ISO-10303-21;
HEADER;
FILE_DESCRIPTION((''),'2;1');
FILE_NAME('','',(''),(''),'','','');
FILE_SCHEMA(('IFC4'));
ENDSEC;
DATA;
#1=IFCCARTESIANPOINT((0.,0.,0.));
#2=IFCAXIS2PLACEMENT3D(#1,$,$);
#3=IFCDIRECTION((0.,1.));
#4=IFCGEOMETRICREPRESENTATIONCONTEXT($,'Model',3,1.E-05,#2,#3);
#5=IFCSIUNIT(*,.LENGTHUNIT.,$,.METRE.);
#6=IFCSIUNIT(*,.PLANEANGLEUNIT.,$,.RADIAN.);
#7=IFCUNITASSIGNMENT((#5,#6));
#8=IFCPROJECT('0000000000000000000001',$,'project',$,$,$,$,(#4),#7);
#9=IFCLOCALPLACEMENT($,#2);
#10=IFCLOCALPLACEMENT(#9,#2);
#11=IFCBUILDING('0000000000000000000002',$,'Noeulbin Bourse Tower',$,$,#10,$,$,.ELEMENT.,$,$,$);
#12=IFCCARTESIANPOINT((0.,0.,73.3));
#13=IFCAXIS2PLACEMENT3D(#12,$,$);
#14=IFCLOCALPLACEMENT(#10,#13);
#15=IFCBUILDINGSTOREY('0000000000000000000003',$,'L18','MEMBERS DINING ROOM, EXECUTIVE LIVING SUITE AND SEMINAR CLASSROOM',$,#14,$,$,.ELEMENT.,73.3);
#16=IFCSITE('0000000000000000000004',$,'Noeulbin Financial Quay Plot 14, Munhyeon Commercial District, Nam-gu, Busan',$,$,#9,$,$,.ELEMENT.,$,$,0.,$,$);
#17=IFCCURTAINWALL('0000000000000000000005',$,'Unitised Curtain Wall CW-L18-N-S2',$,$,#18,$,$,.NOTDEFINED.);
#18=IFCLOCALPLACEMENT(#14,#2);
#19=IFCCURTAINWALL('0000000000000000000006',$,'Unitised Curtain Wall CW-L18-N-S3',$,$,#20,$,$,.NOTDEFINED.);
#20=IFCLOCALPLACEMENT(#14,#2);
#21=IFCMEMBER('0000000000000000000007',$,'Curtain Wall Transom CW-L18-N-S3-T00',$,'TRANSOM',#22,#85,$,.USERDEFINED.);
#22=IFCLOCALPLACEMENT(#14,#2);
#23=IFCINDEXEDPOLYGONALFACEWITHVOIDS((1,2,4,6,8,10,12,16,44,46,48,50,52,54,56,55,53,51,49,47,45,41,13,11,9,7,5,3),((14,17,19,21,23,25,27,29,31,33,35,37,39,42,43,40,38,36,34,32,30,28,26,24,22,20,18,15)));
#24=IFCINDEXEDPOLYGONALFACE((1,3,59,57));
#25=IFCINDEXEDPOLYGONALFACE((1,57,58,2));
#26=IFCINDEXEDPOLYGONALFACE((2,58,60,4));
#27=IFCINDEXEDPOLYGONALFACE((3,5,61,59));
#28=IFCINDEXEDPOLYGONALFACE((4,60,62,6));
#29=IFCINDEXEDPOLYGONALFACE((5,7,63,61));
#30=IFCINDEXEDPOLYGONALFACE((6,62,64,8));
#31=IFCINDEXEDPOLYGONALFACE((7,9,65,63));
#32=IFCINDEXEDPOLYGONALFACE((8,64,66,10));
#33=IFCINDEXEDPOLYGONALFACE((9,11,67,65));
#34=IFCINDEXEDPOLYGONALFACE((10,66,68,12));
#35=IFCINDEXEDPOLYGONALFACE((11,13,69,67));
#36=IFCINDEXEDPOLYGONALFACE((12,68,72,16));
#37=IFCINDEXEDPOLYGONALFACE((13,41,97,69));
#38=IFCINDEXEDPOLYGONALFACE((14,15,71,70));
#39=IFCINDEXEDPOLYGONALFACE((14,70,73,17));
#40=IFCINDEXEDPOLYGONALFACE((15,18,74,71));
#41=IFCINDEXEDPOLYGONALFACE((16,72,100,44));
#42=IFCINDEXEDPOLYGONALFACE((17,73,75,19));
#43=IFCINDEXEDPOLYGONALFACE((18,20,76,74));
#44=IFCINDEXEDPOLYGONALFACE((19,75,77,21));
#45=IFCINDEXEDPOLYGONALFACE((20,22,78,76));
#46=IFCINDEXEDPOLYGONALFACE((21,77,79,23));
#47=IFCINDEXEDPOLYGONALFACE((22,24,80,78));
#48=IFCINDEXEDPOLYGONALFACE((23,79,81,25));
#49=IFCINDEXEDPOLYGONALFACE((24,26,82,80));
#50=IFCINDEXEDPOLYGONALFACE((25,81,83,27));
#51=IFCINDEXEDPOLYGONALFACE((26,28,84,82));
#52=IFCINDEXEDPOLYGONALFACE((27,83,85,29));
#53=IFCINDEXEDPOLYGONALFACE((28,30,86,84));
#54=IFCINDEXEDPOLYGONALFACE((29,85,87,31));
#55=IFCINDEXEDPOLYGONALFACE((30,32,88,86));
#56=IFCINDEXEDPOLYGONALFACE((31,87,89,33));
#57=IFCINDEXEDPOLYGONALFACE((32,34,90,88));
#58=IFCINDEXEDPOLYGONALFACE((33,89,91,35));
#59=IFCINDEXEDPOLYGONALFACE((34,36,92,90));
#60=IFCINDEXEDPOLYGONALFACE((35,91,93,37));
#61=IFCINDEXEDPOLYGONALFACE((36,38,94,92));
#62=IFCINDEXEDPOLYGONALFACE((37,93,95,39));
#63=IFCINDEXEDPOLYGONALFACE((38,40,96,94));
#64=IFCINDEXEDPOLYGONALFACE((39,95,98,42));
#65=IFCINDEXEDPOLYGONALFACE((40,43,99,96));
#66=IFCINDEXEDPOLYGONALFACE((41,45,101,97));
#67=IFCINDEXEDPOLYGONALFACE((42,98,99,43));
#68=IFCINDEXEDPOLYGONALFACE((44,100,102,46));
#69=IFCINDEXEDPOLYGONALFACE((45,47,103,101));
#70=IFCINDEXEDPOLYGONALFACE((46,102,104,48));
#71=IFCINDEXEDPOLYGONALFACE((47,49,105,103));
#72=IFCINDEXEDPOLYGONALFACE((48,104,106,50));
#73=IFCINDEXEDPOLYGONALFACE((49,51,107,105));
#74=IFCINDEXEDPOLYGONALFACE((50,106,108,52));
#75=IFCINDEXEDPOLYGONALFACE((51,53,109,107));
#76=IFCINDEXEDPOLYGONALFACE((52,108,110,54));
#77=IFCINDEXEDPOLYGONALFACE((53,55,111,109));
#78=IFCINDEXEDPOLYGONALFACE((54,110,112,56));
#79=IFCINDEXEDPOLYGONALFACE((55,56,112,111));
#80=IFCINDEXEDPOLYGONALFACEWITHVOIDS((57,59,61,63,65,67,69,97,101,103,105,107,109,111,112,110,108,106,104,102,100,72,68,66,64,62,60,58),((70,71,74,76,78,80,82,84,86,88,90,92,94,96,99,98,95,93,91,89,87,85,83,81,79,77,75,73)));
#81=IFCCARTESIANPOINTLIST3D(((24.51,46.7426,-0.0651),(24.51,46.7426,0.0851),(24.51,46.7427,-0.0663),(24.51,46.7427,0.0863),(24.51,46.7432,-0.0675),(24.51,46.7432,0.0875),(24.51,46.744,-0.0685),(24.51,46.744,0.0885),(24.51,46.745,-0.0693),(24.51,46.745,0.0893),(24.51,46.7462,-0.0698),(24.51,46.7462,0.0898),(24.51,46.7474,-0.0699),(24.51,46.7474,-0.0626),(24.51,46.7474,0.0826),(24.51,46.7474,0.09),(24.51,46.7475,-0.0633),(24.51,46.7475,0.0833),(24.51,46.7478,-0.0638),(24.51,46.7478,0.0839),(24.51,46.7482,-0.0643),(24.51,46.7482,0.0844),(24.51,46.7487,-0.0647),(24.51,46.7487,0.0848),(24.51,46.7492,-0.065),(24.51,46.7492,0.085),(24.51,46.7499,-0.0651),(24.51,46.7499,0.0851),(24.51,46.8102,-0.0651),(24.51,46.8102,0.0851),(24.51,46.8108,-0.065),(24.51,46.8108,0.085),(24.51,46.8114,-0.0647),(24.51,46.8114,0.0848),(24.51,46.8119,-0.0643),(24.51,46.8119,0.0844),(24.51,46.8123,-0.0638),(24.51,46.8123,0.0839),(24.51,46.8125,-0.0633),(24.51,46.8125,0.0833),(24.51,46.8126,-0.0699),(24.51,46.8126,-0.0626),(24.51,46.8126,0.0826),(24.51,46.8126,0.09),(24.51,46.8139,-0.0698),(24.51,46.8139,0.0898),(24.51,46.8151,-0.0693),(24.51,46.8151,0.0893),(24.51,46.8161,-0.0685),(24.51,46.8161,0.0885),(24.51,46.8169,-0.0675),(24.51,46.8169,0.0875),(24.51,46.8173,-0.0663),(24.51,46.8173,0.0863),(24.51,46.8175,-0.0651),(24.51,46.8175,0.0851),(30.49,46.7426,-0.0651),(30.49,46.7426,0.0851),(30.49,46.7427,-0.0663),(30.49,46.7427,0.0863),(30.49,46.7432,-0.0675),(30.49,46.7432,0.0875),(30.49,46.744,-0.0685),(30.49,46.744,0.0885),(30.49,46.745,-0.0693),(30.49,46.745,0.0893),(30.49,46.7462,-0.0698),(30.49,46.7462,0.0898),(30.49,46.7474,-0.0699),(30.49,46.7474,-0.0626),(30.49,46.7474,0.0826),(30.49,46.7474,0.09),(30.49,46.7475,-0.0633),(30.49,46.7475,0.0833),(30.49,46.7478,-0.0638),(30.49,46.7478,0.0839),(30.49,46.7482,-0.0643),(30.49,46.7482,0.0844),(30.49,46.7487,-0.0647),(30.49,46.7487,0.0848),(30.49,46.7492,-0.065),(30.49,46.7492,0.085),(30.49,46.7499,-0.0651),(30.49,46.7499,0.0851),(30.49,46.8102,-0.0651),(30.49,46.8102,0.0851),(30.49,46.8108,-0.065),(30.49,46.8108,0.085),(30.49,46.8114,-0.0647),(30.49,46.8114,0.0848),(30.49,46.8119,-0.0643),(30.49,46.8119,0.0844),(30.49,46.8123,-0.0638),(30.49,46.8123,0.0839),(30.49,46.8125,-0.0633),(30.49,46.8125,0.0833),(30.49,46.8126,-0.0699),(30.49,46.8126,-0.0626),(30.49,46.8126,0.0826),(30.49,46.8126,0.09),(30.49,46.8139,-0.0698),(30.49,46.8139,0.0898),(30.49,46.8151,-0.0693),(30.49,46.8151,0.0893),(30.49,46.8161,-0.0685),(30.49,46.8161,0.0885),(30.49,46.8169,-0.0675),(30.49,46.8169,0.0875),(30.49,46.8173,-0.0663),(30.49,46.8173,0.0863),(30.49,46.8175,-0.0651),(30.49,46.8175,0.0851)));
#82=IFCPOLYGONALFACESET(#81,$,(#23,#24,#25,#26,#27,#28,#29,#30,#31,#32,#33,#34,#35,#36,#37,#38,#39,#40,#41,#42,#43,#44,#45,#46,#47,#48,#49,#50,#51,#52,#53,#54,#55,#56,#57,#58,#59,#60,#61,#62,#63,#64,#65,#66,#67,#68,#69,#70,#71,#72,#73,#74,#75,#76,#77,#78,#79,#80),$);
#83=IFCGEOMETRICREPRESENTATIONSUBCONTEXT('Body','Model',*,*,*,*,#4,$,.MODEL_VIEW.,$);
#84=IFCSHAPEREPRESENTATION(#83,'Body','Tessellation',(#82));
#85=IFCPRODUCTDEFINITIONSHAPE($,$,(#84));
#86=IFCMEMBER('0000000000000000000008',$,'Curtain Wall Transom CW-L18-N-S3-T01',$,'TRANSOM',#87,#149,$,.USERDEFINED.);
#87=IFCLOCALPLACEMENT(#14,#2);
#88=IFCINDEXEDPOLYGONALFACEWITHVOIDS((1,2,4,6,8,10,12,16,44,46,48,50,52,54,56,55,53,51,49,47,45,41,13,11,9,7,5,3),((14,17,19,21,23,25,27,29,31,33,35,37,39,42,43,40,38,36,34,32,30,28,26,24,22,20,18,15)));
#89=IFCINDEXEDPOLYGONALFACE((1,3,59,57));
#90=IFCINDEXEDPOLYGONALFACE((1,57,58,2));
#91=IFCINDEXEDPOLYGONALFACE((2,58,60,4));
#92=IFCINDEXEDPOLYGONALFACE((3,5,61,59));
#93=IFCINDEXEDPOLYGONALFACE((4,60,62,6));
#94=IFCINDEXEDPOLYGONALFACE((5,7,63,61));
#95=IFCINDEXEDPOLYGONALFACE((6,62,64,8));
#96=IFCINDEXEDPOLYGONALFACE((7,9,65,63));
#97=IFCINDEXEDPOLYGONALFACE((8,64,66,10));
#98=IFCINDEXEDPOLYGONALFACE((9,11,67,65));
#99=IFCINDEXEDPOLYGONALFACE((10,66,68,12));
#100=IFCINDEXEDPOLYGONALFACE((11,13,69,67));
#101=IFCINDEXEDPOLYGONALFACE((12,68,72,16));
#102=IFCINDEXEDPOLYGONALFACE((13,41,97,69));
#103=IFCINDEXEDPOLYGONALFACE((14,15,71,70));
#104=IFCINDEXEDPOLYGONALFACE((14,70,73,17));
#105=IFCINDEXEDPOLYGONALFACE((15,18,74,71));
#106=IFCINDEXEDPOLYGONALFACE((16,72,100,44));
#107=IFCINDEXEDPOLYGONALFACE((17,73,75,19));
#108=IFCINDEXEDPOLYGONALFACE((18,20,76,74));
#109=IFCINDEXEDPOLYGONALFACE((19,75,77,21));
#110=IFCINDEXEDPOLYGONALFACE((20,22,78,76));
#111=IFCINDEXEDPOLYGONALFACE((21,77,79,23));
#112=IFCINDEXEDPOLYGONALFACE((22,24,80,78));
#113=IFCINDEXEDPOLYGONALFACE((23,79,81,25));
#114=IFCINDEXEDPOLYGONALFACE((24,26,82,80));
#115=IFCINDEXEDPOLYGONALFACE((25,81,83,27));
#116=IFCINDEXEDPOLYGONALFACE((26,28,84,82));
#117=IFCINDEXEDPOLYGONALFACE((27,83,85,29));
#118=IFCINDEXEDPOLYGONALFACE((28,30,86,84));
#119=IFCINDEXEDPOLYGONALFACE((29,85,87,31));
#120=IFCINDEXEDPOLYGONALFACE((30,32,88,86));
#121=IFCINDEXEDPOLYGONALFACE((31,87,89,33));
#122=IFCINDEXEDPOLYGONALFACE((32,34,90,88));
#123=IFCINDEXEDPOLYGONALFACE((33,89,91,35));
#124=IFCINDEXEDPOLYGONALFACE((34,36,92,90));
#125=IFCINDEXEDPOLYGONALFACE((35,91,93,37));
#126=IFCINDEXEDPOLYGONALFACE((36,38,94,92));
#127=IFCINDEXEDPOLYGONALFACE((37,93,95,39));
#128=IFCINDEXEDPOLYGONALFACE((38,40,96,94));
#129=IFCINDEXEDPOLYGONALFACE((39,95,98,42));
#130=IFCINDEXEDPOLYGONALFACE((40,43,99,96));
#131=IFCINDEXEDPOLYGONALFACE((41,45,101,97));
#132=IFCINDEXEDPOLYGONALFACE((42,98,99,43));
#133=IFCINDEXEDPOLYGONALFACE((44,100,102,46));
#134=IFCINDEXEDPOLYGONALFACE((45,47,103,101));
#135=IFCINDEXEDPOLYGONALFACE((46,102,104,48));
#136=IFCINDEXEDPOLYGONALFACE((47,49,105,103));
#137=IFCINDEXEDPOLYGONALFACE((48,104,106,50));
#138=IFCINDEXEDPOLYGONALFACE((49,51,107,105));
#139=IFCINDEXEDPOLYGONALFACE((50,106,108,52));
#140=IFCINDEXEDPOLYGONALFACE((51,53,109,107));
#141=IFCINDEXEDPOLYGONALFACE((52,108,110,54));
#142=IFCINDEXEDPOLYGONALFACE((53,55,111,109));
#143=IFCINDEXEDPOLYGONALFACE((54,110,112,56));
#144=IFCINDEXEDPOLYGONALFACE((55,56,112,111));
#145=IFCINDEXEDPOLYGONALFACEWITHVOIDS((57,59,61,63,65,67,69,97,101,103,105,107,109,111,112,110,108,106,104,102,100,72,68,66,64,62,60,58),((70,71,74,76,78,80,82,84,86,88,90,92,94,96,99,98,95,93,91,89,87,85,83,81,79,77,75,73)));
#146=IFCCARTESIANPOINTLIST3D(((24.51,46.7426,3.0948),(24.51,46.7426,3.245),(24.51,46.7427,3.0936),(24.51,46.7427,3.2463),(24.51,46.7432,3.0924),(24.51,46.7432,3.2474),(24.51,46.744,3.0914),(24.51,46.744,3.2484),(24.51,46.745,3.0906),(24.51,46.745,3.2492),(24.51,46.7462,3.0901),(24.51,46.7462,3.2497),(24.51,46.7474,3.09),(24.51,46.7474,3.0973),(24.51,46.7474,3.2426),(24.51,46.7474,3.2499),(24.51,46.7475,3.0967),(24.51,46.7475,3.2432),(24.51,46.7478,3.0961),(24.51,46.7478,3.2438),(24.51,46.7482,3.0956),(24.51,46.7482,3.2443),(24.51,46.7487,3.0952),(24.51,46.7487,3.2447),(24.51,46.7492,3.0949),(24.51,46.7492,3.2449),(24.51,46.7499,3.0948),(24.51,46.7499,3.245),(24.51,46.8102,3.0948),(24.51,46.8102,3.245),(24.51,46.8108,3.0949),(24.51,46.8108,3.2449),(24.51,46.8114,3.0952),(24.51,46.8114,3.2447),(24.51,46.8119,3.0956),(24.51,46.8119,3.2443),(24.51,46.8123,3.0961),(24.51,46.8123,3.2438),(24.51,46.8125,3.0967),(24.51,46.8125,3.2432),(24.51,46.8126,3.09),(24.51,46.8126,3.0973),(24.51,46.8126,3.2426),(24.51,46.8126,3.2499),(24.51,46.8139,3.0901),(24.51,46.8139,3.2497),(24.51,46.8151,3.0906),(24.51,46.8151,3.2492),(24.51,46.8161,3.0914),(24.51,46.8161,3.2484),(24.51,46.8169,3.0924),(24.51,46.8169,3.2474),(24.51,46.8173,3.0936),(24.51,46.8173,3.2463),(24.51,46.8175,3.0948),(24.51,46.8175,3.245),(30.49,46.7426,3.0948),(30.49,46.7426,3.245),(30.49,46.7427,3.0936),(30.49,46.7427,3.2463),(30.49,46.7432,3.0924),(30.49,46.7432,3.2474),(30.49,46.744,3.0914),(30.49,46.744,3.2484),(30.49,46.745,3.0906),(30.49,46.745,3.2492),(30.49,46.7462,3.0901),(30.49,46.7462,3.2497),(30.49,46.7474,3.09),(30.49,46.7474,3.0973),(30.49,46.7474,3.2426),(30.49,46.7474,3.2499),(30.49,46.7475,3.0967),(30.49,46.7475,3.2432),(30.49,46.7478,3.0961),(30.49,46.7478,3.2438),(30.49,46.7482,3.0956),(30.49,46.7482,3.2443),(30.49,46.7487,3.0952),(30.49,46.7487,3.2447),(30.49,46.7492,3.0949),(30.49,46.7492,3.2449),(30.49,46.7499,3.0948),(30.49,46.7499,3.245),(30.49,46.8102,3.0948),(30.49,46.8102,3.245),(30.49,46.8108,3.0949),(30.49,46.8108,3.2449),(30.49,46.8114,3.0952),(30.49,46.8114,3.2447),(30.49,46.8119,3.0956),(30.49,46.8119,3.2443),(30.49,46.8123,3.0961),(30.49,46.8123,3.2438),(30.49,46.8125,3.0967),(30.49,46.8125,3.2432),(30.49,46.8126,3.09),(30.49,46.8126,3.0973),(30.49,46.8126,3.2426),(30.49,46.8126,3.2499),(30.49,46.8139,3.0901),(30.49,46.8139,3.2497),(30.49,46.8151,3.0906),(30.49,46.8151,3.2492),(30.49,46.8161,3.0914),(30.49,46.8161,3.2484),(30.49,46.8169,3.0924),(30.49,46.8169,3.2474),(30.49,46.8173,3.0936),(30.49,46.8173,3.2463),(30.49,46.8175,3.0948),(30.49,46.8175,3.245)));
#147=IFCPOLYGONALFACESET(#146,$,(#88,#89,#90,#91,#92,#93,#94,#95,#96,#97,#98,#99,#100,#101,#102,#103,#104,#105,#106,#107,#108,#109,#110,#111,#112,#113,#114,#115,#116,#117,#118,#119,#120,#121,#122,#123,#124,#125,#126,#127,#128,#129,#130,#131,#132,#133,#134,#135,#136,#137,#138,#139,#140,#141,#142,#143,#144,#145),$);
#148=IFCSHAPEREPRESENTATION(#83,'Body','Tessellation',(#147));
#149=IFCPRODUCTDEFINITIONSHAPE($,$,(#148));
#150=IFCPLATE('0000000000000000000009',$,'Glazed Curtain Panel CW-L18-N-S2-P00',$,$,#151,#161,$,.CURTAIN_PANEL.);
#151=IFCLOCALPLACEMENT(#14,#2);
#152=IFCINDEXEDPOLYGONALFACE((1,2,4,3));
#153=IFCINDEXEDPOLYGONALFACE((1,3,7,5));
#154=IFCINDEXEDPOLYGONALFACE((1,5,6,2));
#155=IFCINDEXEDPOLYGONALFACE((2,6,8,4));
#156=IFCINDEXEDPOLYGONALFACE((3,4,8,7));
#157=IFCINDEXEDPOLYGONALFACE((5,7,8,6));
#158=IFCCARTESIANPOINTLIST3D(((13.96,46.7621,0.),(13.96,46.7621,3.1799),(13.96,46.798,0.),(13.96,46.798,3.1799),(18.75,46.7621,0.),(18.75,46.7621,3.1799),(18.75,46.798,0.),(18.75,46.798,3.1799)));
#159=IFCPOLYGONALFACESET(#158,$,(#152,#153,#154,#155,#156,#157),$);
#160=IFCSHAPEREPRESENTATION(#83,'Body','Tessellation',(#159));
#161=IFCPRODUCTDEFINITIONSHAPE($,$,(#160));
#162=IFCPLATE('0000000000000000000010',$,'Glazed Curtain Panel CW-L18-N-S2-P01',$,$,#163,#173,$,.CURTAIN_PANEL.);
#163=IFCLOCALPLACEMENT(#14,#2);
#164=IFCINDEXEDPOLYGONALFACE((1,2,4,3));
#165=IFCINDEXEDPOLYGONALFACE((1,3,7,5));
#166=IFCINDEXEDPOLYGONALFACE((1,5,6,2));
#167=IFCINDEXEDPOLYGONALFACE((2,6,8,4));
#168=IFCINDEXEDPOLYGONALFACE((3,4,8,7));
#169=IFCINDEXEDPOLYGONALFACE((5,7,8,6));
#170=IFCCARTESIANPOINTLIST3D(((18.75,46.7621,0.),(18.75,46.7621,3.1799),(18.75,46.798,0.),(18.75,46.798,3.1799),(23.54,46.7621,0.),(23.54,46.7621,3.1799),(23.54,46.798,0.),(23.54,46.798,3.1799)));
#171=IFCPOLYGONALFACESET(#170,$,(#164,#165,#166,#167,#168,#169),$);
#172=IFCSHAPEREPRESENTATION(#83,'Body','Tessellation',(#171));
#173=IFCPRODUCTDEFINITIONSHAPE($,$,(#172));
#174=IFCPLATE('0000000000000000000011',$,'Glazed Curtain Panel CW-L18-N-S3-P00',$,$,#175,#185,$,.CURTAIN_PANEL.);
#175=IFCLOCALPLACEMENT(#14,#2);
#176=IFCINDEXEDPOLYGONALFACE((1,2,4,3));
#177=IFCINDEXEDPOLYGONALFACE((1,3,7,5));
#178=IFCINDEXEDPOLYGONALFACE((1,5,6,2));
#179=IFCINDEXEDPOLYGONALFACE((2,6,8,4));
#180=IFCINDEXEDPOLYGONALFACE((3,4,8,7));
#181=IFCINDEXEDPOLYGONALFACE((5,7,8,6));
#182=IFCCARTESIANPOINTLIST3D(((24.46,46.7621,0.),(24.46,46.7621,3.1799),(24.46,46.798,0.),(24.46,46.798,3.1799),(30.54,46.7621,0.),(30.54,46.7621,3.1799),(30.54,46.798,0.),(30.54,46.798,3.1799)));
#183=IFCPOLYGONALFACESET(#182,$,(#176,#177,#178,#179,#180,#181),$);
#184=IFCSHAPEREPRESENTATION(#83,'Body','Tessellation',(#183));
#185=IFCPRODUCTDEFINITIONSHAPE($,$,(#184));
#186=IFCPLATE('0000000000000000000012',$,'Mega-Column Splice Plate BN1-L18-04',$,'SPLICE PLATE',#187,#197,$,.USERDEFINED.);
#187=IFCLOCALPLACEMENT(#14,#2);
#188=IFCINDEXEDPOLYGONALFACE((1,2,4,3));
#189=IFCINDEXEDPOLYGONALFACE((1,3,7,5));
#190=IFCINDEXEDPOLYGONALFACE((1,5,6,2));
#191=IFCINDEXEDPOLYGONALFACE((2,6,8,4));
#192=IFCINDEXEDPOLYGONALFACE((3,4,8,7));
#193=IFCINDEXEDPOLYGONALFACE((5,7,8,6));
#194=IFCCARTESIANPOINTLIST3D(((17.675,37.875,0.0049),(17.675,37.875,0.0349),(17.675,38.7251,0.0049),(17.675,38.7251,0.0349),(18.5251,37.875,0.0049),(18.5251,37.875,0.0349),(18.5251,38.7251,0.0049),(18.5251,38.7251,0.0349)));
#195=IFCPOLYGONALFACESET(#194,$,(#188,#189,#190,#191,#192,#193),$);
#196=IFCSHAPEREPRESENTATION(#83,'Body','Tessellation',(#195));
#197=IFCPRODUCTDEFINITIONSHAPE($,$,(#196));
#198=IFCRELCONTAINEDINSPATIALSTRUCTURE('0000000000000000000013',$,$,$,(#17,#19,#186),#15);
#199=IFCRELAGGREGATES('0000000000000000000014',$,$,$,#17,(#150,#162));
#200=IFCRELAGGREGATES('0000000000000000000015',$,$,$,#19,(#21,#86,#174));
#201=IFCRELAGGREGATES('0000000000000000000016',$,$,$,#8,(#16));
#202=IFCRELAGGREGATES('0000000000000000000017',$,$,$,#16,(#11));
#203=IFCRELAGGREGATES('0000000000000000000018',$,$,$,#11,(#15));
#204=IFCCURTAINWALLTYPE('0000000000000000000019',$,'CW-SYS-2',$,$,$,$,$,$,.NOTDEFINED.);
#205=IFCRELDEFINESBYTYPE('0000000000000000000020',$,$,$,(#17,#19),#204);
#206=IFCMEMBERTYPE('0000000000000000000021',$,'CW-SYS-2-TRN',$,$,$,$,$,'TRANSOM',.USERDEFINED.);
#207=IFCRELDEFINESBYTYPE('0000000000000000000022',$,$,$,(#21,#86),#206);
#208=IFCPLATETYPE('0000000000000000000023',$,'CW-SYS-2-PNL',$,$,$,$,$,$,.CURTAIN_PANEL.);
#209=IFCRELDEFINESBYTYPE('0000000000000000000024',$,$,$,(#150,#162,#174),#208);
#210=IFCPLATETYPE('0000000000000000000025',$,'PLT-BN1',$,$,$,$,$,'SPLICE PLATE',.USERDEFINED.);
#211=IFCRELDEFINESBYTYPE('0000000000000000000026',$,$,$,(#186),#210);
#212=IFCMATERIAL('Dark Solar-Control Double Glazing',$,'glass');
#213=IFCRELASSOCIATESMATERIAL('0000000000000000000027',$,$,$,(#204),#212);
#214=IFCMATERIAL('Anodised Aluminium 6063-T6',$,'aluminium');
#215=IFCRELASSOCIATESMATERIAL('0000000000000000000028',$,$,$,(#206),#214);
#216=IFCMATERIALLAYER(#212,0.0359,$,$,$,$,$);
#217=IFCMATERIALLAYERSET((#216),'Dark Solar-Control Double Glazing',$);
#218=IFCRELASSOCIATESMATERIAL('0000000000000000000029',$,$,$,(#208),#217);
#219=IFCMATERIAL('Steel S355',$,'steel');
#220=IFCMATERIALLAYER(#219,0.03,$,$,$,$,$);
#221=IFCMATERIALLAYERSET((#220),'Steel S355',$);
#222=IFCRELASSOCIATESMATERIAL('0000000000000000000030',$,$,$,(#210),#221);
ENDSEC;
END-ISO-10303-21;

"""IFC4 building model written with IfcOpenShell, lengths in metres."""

from ifc_helpers import new_model, si_unit, direction, frame, origin, origin_2d, place, context, subcontext, project, spatial, rectangle, hollow_rectangle, extrude, material, layer, layer_set, material_profile, profile_set, type_object, element, aggregate, save


model = new_model("IFC4")

# Units and contexts
model_context = context("Model", 3, precision=1e-05, world=origin(), true_north=direction((0.0, 1.0)))
body_context = subcontext(model_context, "Body", "Model", "MODEL_VIEW")
ifc_project = project(units=[si_unit("LENGTHUNIT", "METRE"), si_unit("PLANEANGLEUNIT", "RADIAN")], contexts=[model_context])

# Site, building, storey
site_placement = place(None, origin())
site = spatial("IfcSite", under=ifc_project, at=site_placement, Name="Noeulbin Financial Quay Plot 14, Munhyeon Commercial District, Nam-gu, Busan", CompositionType="ELEMENT", RefElevation=0.0)
building_placement = place(site_placement, origin())
building = spatial("IfcBuilding", under=site, at=building_placement, Name="Noeulbin Bourse Tower", CompositionType="ELEMENT")
storey_placement = place(building_placement, frame((0.0, 0.0, 73.3)))
storey = spatial("IfcBuildingStorey", under=building, at=storey_placement, Name="L18", Description="MEMBERS DINING ROOM, EXECUTIVE LIVING SUITE AND SEMINAR CLASSROOM", CompositionType="ELEMENT", Elevation=73.3)

# Shared definitions
ifc_material_1 = material(Name="Steel S355", Category="steel")

# Curtain walls, members
ifc_material_2 = material(Name="Dark Solar-Control Double Glazing", Category="glass")
curtain_wall_type = type_object("IfcCurtainWallType", Name="CW-SYS-2", PredefinedType="NOTDEFINED", material=ifc_material_2)
curtain_wall_1_placement = place(storey_placement, origin())
curtain_wall_1 = element("IfcCurtainWall", 1, at=curtain_wall_1_placement, inside=storey, type_object=curtain_wall_type, Name="Unitised Curtain Wall CW-L18-N-S2", PredefinedType="NOTDEFINED")
ifc_material_3 = material(Name="Anodised Aluminium 6063-T6", Category="aluminium")
curtain_wall_2_placement = place(storey_placement, origin())
curtain_wall_2 = element("IfcCurtainWall", 2, at=curtain_wall_2_placement, inside=storey, type_object=curtain_wall_type, Name="Unitised Curtain Wall CW-L18-N-S3", PredefinedType="NOTDEFINED")
ifc_material_profile_1 = material_profile(ifc_material_3, hollow_rectangle(XDim=0.075, YDim=0.1599, WallThickness=0.0049, InnerFilletRadius=0.0024, OuterFilletRadius=0.0049, at=origin_2d()), Name="ALU-TRAN-75x160x5", Category="LoadBearing")
ifc_profile_set_1 = profile_set([ifc_material_profile_1], Name="Anodised Aluminium 6063-T6")
member_type_1 = type_object("IfcMemberType", Name="CW-SYS-2-TRN", ElementType="TRANSOM", PredefinedType="USERDEFINED", material=ifc_profile_set_1)
member_1_placement = place(storey_placement, frame((24.51, 46.78, 0.01), z_axis=(1.0, 0.0, 0.0), x_axis=(0.0, 1.0, 0.0)))
member_1 = element("IfcMember", 3, at=member_1_placement, type_object=member_type_1, Name="Curtain Wall Transom CW-L18-N-S3-T00", ObjectType="TRANSOM", PredefinedType="USERDEFINED", context=body_context, shape_type="SweptSolid", body=[
    extrude(hollow_rectangle(XDim=0.075, YDim=0.1599, WallThickness=0.0049, InnerFilletRadius=0.0024, OuterFilletRadius=0.0049, at=origin_2d()), origin(), (0.0, 0.0, 1.0), 5.98),
])
member_2_placement = place(storey_placement, frame((24.51, 46.78, 3.1699), z_axis=(1.0, 0.0, 0.0), x_axis=(0.0, 1.0, 0.0)))
member_2 = element("IfcMember", 4, at=member_2_placement, type_object=member_type_1, Name="Curtain Wall Transom CW-L18-N-S3-T01", ObjectType="TRANSOM", PredefinedType="USERDEFINED", context=body_context, shape_type="SweptSolid", body=[
    extrude(hollow_rectangle(XDim=0.075, YDim=0.1599, WallThickness=0.0049, InnerFilletRadius=0.0024, OuterFilletRadius=0.0049, at=origin_2d()), origin(), (0.0, 0.0, 1.0), 5.98),
])

# Plates
ifc_layer_1 = layer(ifc_material_2, 0.0359)
ifc_layer_set_1 = layer_set([ifc_layer_1], Name="Dark Solar-Control Double Glazing")
plate_type_1 = type_object("IfcPlateType", Name="CW-SYS-2-PNL", PredefinedType="CURTAIN_PANEL", material=ifc_layer_set_1)
plate_1_placement = place(storey_placement, frame((16.355, 46.78, 0.0), z_axis=(0.0, 0.0, 1.0), x_axis=(1.0, 0.0, 0.0)))
plate_1 = element("IfcPlate", 5, at=plate_1_placement, type_object=plate_type_1, Name="Glazed Curtain Panel CW-L18-N-S2-P00", PredefinedType="CURTAIN_PANEL", context=body_context, shape_type="SweptSolid", body=[
    extrude(rectangle(XDim=4.79, YDim=0.0359, at=origin_2d()), origin(), (0.0, 0.0, 1.0), 3.1799),
])
plate_2_placement = place(storey_placement, frame((21.145, 46.78, 0.0), z_axis=(0.0, 0.0, 1.0), x_axis=(1.0, 0.0, 0.0)))
plate_2 = element("IfcPlate", 6, at=plate_2_placement, type_object=plate_type_1, Name="Glazed Curtain Panel CW-L18-N-S2-P01", PredefinedType="CURTAIN_PANEL", context=body_context, shape_type="SweptSolid", body=[
    extrude(rectangle(XDim=4.79, YDim=0.0359, at=origin_2d()), origin(), (0.0, 0.0, 1.0), 3.1799),
])
aggregate(curtain_wall_1, [plate_1, plate_2])
plate_3_placement = place(storey_placement, frame((27.5, 46.78, 0.0), z_axis=(0.0, 0.0, 1.0), x_axis=(1.0, 0.0, 0.0)))
plate_3 = element("IfcPlate", 7, at=plate_3_placement, type_object=plate_type_1, Name="Glazed Curtain Panel CW-L18-N-S3-P00", PredefinedType="CURTAIN_PANEL", context=body_context, shape_type="SweptSolid", body=[
    extrude(rectangle(XDim=6.0801, YDim=0.0359, at=origin_2d()), origin(), (0.0, 0.0, 1.0), 3.1799),
])
aggregate(curtain_wall_2, [member_1, member_2, plate_3])

# Plate
ifc_layer_2 = layer(ifc_material_1, 0.03)
ifc_layer_set_2 = layer_set([ifc_layer_2], Name="Steel S355")
plate_type_2 = type_object("IfcPlateType", Name="PLT-BN1", ElementType="SPLICE PLATE", PredefinedType="USERDEFINED", material=ifc_layer_set_2)
for number, where, z_axis, x_axis, name in (
    (8, (18.1001, 38.3, 0.0049), (0.0, 0.0, 1.0), (1.0, 0.0, 0.0), "Mega-Column Splice Plate BN1-L18-04"),
):
    element("IfcPlate", number, at=place(storey_placement, frame(where, z_axis=z_axis, x_axis=x_axis)), inside=storey, type_object=plate_type_2, Name=name, ObjectType="SPLICE PLATE", PredefinedType="USERDEFINED", context=body_context, shape_type="SweptSolid", body=[
        extrude(rectangle(XDim=0.8501, YDim=0.8501, at=origin_2d()), origin(), (0.0, 0.0, 1.0), 0.03),
    ])

save(model, "model.ifc")
